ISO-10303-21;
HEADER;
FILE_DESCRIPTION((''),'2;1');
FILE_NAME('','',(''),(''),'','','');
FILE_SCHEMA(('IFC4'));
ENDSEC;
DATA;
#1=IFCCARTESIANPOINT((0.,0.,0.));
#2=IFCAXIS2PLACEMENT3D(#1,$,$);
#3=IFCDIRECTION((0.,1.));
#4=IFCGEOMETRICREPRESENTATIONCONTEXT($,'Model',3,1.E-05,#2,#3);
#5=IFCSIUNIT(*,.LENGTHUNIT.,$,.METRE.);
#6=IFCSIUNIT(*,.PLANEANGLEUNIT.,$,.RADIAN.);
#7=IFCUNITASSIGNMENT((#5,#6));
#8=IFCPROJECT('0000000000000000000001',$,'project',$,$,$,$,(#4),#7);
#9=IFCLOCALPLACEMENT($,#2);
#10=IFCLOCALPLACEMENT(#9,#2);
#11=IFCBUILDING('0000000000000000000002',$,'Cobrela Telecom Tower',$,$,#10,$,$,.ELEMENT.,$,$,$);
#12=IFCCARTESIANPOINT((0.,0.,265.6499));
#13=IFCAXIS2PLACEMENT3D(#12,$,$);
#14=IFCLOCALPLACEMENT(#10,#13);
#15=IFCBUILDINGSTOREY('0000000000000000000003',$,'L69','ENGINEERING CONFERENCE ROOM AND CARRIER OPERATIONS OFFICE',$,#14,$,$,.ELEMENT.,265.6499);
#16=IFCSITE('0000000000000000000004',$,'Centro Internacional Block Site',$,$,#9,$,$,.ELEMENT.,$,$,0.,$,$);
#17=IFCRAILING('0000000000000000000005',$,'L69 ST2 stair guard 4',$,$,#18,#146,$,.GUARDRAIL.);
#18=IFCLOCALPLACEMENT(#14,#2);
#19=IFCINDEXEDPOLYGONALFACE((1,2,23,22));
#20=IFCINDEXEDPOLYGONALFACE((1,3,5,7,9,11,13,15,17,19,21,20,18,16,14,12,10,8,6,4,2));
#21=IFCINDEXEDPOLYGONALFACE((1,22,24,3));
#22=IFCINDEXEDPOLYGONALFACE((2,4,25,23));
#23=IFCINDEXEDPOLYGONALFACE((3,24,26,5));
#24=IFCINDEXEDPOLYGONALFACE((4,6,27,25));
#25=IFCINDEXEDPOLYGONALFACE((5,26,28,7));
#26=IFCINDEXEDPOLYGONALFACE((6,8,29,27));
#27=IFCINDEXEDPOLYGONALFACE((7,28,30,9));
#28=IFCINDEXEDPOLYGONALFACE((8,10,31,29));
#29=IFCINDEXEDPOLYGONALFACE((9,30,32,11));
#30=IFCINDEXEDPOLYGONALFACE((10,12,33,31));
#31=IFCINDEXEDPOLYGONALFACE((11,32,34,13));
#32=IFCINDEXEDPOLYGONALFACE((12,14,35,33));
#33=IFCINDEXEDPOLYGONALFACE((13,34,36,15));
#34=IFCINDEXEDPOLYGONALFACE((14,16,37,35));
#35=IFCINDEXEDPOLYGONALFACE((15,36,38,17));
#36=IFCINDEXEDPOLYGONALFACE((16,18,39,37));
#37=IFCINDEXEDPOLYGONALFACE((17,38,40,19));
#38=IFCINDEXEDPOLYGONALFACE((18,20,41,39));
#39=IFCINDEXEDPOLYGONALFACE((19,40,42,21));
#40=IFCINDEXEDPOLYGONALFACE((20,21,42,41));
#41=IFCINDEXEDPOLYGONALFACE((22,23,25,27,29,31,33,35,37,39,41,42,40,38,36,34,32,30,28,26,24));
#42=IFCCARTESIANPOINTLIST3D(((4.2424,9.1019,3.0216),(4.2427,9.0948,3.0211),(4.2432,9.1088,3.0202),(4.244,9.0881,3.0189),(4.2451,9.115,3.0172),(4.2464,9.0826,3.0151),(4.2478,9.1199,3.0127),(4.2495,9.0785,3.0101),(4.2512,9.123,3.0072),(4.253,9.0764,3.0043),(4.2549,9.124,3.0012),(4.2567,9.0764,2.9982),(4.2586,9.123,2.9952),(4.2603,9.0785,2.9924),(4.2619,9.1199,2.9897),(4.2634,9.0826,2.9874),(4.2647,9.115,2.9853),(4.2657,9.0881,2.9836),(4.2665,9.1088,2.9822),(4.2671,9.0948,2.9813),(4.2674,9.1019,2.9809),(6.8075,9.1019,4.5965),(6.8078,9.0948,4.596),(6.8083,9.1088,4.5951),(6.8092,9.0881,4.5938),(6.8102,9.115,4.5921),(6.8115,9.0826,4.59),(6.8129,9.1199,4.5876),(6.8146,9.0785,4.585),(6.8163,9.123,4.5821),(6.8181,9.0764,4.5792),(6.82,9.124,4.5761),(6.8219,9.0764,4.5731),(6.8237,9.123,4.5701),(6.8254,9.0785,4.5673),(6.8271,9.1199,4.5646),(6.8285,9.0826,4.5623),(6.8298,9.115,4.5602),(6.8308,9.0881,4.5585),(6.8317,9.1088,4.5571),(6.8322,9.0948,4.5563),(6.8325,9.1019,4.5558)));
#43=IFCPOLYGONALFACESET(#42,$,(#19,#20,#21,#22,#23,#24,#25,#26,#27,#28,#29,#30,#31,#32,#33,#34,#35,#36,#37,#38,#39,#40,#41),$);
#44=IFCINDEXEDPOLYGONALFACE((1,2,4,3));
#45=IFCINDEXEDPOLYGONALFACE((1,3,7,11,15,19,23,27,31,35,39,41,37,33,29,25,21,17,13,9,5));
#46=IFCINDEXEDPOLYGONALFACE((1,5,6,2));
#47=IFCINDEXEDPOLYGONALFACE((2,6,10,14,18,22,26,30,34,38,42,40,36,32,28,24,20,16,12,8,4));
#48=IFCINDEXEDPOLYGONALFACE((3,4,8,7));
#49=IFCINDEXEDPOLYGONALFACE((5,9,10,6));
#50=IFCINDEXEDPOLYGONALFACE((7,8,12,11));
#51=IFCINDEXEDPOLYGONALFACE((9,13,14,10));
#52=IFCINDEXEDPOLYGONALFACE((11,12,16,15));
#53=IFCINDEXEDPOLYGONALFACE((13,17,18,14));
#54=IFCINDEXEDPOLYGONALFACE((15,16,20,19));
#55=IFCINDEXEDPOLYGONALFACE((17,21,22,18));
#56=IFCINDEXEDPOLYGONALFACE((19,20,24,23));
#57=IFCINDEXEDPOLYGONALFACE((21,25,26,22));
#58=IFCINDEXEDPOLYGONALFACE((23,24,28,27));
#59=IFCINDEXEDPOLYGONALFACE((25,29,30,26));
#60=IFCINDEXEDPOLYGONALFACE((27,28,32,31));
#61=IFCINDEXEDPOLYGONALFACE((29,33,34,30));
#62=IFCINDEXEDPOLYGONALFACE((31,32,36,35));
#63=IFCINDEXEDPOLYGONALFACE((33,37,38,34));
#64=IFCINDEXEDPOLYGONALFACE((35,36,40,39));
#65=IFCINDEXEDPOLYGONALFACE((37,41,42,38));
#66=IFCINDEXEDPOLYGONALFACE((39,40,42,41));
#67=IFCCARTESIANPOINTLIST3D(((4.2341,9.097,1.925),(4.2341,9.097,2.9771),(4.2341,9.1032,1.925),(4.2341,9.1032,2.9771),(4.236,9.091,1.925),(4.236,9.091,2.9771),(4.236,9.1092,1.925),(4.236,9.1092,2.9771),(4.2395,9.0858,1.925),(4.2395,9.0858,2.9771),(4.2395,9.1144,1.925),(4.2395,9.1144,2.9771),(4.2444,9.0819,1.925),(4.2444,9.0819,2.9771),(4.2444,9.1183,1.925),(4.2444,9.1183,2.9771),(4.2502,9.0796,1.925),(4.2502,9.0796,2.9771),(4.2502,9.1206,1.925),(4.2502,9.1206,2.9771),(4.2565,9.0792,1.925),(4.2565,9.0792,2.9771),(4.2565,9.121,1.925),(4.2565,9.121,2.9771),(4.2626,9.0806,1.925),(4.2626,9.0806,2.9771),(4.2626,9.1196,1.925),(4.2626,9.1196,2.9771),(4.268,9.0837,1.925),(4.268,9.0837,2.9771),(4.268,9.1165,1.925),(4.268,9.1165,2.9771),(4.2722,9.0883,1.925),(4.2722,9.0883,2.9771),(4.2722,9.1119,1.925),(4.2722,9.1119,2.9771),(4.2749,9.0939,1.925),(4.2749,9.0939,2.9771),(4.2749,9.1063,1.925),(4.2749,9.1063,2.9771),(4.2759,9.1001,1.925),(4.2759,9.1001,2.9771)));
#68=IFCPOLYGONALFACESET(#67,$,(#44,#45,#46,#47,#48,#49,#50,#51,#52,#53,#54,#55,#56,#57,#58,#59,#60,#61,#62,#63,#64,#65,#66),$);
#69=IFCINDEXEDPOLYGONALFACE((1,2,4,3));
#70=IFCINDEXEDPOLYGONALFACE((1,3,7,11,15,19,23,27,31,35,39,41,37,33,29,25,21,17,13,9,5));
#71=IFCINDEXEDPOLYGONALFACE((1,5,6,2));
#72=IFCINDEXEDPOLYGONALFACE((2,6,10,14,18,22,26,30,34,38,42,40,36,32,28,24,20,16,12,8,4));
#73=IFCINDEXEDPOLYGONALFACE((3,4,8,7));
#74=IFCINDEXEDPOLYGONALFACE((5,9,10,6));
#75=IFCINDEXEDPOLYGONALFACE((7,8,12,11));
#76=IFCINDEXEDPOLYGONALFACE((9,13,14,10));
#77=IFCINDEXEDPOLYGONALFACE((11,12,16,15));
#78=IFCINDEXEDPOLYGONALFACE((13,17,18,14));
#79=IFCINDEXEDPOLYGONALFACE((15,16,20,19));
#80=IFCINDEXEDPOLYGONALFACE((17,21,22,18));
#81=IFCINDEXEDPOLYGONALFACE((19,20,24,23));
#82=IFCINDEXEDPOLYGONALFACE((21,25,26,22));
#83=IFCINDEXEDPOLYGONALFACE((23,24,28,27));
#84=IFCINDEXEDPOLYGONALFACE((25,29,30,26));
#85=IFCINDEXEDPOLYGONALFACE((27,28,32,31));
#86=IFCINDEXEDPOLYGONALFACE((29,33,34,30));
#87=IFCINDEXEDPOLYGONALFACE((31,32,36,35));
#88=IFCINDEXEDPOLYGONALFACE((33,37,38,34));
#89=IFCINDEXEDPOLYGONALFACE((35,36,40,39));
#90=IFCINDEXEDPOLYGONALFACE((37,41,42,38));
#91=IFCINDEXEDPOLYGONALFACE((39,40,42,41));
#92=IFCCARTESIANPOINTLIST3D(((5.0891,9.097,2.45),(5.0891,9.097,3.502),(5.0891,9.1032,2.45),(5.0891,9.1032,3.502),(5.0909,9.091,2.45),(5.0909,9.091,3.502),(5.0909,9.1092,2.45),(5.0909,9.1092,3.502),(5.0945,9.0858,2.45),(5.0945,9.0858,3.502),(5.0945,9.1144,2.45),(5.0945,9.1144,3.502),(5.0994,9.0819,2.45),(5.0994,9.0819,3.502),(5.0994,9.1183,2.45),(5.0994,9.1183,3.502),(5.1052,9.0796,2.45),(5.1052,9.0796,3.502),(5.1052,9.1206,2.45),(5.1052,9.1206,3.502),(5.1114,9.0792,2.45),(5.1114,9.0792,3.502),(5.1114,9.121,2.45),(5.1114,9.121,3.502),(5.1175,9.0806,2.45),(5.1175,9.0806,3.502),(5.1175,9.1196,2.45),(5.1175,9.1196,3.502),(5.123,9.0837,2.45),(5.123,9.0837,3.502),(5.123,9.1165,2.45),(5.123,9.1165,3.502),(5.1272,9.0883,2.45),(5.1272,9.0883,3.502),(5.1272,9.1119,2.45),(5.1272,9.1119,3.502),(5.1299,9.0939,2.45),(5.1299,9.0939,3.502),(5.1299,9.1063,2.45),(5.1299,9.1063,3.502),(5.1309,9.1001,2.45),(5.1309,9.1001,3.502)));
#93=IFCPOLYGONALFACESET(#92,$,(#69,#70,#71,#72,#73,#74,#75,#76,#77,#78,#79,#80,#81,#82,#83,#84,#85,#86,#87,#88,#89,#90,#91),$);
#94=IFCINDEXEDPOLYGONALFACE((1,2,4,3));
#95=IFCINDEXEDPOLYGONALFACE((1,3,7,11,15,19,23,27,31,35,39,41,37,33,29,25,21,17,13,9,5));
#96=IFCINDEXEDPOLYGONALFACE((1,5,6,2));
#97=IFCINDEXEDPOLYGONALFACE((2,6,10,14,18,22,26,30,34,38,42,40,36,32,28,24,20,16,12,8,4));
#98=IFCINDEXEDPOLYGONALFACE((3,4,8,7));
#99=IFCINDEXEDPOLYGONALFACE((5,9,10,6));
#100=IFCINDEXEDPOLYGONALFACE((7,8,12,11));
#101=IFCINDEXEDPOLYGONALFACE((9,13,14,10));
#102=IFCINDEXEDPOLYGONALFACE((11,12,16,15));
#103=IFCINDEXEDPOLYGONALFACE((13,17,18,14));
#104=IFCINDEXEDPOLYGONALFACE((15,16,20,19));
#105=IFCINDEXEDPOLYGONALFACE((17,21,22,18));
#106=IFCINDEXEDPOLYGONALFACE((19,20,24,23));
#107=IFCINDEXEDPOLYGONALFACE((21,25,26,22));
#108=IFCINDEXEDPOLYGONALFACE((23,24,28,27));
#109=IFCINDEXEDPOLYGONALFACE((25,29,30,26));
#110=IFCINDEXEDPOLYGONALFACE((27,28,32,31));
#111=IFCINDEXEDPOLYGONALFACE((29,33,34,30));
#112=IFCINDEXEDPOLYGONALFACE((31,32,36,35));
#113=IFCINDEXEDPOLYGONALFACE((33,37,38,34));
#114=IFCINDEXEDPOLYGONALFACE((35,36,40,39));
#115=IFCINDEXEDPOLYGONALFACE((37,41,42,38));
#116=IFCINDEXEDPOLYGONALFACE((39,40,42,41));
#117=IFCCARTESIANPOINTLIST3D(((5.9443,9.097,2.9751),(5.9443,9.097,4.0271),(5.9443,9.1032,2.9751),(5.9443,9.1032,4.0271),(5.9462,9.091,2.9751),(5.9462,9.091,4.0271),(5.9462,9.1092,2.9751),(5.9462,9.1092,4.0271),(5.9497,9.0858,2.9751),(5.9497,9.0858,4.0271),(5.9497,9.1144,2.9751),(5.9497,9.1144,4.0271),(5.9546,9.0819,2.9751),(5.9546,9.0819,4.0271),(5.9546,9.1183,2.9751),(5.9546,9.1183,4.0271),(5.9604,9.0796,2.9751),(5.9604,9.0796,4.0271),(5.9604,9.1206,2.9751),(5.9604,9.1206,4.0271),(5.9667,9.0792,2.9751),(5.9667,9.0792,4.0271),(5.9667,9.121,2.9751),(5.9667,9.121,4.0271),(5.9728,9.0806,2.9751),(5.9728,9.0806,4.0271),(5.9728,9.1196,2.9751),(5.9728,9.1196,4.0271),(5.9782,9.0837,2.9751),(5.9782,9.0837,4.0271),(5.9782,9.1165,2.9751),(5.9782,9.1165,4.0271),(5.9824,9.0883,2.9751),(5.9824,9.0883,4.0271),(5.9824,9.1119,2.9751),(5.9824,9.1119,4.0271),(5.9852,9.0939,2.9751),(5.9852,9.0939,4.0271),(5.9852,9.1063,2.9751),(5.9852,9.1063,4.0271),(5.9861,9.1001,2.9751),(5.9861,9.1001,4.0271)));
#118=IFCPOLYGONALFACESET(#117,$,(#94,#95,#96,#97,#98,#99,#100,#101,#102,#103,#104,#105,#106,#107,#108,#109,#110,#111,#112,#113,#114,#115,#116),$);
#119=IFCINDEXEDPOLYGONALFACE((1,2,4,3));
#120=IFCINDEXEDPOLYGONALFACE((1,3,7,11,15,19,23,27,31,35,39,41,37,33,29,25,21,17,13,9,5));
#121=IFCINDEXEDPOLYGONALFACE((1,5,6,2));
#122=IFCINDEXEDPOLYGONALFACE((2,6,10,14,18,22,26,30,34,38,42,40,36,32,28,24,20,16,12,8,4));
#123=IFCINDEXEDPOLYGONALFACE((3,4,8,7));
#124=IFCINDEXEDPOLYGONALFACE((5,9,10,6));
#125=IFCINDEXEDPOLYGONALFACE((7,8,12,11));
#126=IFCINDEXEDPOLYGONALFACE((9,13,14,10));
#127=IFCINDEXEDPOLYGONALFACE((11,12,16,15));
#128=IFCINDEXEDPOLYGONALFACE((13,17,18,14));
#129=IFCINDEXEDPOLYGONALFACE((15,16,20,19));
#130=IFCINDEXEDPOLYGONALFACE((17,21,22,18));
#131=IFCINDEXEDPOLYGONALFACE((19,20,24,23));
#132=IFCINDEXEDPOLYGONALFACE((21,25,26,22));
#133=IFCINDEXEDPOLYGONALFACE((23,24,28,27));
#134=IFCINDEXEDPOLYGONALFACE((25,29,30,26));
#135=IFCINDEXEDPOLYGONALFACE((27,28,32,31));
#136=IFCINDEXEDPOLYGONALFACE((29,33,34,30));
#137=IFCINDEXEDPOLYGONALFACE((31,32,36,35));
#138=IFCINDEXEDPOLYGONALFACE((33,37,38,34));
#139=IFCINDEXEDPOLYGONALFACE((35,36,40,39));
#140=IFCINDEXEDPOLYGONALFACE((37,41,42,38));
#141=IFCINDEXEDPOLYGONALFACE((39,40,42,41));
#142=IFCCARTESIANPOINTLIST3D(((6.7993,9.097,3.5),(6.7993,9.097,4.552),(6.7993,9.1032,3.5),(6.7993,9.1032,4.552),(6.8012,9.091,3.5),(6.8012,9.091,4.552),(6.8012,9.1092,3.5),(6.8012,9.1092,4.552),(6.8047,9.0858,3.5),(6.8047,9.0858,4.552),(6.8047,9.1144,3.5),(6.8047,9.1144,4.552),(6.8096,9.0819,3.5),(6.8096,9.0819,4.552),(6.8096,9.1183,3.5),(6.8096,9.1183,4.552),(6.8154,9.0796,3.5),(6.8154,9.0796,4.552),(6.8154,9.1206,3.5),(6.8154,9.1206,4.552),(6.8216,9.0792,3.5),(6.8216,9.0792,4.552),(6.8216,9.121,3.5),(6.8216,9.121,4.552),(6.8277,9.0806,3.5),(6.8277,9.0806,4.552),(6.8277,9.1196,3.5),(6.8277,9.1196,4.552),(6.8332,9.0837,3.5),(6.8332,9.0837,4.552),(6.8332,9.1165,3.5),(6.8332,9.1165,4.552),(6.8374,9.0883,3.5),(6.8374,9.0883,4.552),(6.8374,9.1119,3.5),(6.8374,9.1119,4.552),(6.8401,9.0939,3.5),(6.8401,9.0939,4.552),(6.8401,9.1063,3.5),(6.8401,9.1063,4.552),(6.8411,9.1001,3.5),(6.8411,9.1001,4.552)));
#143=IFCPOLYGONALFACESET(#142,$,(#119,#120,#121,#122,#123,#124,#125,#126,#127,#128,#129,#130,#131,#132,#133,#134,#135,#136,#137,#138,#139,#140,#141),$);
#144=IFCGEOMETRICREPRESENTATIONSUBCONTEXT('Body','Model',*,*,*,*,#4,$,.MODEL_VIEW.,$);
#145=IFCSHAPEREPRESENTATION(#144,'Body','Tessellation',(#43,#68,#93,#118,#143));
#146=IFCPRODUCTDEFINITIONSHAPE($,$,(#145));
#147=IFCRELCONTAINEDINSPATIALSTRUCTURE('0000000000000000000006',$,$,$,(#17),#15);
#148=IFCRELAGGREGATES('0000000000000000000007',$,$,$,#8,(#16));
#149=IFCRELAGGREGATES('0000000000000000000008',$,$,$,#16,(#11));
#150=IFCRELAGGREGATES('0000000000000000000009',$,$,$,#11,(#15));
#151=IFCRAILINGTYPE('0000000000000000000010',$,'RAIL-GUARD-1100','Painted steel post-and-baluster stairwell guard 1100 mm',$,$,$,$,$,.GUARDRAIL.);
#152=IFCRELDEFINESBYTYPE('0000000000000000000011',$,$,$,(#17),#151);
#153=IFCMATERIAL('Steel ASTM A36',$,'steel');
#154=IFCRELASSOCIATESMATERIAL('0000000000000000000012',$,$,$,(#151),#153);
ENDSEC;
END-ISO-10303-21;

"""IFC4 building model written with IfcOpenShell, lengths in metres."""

from ifc_helpers import new_model, si_unit, direction, frame, origin, origin_2d, place, context, subcontext, project, spatial, circle, extrude, material, type_object, element, save


model = new_model("IFC4")

# Units and contexts
model_context = context("Model", 3, precision=1e-05, world=origin(), true_north=direction((0.0, 1.0)))
body_context = subcontext(model_context, "Body", "Model", "MODEL_VIEW")
ifc_project = project(units=[si_unit("LENGTHUNIT", "METRE"), si_unit("PLANEANGLEUNIT", "RADIAN")], contexts=[model_context])

# Site, building, storey
site_placement = place(None, origin())
site = spatial("IfcSite", under=ifc_project, at=site_placement, Name="Centro Internacional Block Site", CompositionType="ELEMENT", RefElevation=0.0)
building_placement = place(site_placement, origin())
building = spatial("IfcBuilding", under=site, at=building_placement, Name="Cobrela Telecom Tower", CompositionType="ELEMENT")
storey_placement = place(building_placement, frame((0.0, 0.0, 265.6499)))
storey = spatial("IfcBuildingStorey", under=building, at=storey_placement, Name="L69", Description="ENGINEERING CONFERENCE ROOM AND CARRIER OPERATIONS OFFICE", CompositionType="ELEMENT", Elevation=265.6499)

# Railing
ifc_material_1 = material(Name="Steel ASTM A36", Category="steel")
railing_type_1 = type_object("IfcRailingType", Name="RAIL-GUARD-1100", Description="Painted steel post-and-baluster stairwell guard 1100 mm", PredefinedType="GUARDRAIL", material=ifc_material_1)
railing_1_placement = place(storey_placement, frame((4.2549, 9.1001, 1.925)))
element("IfcRailing", 1, at=railing_1_placement, inside=storey, type_object=railing_type_1, Name="L69 ST2 stair guard 4", PredefinedType="GUARDRAIL", context=body_context, shape_type="SweptSolid", body=[
    extrude(circle(Radius=0.0239, at=origin_2d()), frame((0.0, 0.0, 1.0762), z_axis=(0.852195, 0.0, 0.523224), x_axis=(0.0, 1.0, 0.0)), (0.0, 0.0, 1.0), 3.01),
    extrude(circle(Radius=0.021, at=origin_2d()), origin(), (0.0, 0.0, 1.0), 1.052),
    extrude(circle(Radius=0.021, at=origin_2d()), frame((0.855, 0.0, 0.5249)), (0.0, 0.0, 1.0), 1.052),
    extrude(circle(Radius=0.021, at=origin_2d()), frame((1.7102, 0.0, 1.05)), (0.0, 0.0, 1.0), 1.052),
    extrude(circle(Radius=0.021, at=origin_2d()), frame((2.5652, 0.0, 1.575)), (0.0, 0.0, 1.0), 1.052),
])

save(model, "model.ifc")
